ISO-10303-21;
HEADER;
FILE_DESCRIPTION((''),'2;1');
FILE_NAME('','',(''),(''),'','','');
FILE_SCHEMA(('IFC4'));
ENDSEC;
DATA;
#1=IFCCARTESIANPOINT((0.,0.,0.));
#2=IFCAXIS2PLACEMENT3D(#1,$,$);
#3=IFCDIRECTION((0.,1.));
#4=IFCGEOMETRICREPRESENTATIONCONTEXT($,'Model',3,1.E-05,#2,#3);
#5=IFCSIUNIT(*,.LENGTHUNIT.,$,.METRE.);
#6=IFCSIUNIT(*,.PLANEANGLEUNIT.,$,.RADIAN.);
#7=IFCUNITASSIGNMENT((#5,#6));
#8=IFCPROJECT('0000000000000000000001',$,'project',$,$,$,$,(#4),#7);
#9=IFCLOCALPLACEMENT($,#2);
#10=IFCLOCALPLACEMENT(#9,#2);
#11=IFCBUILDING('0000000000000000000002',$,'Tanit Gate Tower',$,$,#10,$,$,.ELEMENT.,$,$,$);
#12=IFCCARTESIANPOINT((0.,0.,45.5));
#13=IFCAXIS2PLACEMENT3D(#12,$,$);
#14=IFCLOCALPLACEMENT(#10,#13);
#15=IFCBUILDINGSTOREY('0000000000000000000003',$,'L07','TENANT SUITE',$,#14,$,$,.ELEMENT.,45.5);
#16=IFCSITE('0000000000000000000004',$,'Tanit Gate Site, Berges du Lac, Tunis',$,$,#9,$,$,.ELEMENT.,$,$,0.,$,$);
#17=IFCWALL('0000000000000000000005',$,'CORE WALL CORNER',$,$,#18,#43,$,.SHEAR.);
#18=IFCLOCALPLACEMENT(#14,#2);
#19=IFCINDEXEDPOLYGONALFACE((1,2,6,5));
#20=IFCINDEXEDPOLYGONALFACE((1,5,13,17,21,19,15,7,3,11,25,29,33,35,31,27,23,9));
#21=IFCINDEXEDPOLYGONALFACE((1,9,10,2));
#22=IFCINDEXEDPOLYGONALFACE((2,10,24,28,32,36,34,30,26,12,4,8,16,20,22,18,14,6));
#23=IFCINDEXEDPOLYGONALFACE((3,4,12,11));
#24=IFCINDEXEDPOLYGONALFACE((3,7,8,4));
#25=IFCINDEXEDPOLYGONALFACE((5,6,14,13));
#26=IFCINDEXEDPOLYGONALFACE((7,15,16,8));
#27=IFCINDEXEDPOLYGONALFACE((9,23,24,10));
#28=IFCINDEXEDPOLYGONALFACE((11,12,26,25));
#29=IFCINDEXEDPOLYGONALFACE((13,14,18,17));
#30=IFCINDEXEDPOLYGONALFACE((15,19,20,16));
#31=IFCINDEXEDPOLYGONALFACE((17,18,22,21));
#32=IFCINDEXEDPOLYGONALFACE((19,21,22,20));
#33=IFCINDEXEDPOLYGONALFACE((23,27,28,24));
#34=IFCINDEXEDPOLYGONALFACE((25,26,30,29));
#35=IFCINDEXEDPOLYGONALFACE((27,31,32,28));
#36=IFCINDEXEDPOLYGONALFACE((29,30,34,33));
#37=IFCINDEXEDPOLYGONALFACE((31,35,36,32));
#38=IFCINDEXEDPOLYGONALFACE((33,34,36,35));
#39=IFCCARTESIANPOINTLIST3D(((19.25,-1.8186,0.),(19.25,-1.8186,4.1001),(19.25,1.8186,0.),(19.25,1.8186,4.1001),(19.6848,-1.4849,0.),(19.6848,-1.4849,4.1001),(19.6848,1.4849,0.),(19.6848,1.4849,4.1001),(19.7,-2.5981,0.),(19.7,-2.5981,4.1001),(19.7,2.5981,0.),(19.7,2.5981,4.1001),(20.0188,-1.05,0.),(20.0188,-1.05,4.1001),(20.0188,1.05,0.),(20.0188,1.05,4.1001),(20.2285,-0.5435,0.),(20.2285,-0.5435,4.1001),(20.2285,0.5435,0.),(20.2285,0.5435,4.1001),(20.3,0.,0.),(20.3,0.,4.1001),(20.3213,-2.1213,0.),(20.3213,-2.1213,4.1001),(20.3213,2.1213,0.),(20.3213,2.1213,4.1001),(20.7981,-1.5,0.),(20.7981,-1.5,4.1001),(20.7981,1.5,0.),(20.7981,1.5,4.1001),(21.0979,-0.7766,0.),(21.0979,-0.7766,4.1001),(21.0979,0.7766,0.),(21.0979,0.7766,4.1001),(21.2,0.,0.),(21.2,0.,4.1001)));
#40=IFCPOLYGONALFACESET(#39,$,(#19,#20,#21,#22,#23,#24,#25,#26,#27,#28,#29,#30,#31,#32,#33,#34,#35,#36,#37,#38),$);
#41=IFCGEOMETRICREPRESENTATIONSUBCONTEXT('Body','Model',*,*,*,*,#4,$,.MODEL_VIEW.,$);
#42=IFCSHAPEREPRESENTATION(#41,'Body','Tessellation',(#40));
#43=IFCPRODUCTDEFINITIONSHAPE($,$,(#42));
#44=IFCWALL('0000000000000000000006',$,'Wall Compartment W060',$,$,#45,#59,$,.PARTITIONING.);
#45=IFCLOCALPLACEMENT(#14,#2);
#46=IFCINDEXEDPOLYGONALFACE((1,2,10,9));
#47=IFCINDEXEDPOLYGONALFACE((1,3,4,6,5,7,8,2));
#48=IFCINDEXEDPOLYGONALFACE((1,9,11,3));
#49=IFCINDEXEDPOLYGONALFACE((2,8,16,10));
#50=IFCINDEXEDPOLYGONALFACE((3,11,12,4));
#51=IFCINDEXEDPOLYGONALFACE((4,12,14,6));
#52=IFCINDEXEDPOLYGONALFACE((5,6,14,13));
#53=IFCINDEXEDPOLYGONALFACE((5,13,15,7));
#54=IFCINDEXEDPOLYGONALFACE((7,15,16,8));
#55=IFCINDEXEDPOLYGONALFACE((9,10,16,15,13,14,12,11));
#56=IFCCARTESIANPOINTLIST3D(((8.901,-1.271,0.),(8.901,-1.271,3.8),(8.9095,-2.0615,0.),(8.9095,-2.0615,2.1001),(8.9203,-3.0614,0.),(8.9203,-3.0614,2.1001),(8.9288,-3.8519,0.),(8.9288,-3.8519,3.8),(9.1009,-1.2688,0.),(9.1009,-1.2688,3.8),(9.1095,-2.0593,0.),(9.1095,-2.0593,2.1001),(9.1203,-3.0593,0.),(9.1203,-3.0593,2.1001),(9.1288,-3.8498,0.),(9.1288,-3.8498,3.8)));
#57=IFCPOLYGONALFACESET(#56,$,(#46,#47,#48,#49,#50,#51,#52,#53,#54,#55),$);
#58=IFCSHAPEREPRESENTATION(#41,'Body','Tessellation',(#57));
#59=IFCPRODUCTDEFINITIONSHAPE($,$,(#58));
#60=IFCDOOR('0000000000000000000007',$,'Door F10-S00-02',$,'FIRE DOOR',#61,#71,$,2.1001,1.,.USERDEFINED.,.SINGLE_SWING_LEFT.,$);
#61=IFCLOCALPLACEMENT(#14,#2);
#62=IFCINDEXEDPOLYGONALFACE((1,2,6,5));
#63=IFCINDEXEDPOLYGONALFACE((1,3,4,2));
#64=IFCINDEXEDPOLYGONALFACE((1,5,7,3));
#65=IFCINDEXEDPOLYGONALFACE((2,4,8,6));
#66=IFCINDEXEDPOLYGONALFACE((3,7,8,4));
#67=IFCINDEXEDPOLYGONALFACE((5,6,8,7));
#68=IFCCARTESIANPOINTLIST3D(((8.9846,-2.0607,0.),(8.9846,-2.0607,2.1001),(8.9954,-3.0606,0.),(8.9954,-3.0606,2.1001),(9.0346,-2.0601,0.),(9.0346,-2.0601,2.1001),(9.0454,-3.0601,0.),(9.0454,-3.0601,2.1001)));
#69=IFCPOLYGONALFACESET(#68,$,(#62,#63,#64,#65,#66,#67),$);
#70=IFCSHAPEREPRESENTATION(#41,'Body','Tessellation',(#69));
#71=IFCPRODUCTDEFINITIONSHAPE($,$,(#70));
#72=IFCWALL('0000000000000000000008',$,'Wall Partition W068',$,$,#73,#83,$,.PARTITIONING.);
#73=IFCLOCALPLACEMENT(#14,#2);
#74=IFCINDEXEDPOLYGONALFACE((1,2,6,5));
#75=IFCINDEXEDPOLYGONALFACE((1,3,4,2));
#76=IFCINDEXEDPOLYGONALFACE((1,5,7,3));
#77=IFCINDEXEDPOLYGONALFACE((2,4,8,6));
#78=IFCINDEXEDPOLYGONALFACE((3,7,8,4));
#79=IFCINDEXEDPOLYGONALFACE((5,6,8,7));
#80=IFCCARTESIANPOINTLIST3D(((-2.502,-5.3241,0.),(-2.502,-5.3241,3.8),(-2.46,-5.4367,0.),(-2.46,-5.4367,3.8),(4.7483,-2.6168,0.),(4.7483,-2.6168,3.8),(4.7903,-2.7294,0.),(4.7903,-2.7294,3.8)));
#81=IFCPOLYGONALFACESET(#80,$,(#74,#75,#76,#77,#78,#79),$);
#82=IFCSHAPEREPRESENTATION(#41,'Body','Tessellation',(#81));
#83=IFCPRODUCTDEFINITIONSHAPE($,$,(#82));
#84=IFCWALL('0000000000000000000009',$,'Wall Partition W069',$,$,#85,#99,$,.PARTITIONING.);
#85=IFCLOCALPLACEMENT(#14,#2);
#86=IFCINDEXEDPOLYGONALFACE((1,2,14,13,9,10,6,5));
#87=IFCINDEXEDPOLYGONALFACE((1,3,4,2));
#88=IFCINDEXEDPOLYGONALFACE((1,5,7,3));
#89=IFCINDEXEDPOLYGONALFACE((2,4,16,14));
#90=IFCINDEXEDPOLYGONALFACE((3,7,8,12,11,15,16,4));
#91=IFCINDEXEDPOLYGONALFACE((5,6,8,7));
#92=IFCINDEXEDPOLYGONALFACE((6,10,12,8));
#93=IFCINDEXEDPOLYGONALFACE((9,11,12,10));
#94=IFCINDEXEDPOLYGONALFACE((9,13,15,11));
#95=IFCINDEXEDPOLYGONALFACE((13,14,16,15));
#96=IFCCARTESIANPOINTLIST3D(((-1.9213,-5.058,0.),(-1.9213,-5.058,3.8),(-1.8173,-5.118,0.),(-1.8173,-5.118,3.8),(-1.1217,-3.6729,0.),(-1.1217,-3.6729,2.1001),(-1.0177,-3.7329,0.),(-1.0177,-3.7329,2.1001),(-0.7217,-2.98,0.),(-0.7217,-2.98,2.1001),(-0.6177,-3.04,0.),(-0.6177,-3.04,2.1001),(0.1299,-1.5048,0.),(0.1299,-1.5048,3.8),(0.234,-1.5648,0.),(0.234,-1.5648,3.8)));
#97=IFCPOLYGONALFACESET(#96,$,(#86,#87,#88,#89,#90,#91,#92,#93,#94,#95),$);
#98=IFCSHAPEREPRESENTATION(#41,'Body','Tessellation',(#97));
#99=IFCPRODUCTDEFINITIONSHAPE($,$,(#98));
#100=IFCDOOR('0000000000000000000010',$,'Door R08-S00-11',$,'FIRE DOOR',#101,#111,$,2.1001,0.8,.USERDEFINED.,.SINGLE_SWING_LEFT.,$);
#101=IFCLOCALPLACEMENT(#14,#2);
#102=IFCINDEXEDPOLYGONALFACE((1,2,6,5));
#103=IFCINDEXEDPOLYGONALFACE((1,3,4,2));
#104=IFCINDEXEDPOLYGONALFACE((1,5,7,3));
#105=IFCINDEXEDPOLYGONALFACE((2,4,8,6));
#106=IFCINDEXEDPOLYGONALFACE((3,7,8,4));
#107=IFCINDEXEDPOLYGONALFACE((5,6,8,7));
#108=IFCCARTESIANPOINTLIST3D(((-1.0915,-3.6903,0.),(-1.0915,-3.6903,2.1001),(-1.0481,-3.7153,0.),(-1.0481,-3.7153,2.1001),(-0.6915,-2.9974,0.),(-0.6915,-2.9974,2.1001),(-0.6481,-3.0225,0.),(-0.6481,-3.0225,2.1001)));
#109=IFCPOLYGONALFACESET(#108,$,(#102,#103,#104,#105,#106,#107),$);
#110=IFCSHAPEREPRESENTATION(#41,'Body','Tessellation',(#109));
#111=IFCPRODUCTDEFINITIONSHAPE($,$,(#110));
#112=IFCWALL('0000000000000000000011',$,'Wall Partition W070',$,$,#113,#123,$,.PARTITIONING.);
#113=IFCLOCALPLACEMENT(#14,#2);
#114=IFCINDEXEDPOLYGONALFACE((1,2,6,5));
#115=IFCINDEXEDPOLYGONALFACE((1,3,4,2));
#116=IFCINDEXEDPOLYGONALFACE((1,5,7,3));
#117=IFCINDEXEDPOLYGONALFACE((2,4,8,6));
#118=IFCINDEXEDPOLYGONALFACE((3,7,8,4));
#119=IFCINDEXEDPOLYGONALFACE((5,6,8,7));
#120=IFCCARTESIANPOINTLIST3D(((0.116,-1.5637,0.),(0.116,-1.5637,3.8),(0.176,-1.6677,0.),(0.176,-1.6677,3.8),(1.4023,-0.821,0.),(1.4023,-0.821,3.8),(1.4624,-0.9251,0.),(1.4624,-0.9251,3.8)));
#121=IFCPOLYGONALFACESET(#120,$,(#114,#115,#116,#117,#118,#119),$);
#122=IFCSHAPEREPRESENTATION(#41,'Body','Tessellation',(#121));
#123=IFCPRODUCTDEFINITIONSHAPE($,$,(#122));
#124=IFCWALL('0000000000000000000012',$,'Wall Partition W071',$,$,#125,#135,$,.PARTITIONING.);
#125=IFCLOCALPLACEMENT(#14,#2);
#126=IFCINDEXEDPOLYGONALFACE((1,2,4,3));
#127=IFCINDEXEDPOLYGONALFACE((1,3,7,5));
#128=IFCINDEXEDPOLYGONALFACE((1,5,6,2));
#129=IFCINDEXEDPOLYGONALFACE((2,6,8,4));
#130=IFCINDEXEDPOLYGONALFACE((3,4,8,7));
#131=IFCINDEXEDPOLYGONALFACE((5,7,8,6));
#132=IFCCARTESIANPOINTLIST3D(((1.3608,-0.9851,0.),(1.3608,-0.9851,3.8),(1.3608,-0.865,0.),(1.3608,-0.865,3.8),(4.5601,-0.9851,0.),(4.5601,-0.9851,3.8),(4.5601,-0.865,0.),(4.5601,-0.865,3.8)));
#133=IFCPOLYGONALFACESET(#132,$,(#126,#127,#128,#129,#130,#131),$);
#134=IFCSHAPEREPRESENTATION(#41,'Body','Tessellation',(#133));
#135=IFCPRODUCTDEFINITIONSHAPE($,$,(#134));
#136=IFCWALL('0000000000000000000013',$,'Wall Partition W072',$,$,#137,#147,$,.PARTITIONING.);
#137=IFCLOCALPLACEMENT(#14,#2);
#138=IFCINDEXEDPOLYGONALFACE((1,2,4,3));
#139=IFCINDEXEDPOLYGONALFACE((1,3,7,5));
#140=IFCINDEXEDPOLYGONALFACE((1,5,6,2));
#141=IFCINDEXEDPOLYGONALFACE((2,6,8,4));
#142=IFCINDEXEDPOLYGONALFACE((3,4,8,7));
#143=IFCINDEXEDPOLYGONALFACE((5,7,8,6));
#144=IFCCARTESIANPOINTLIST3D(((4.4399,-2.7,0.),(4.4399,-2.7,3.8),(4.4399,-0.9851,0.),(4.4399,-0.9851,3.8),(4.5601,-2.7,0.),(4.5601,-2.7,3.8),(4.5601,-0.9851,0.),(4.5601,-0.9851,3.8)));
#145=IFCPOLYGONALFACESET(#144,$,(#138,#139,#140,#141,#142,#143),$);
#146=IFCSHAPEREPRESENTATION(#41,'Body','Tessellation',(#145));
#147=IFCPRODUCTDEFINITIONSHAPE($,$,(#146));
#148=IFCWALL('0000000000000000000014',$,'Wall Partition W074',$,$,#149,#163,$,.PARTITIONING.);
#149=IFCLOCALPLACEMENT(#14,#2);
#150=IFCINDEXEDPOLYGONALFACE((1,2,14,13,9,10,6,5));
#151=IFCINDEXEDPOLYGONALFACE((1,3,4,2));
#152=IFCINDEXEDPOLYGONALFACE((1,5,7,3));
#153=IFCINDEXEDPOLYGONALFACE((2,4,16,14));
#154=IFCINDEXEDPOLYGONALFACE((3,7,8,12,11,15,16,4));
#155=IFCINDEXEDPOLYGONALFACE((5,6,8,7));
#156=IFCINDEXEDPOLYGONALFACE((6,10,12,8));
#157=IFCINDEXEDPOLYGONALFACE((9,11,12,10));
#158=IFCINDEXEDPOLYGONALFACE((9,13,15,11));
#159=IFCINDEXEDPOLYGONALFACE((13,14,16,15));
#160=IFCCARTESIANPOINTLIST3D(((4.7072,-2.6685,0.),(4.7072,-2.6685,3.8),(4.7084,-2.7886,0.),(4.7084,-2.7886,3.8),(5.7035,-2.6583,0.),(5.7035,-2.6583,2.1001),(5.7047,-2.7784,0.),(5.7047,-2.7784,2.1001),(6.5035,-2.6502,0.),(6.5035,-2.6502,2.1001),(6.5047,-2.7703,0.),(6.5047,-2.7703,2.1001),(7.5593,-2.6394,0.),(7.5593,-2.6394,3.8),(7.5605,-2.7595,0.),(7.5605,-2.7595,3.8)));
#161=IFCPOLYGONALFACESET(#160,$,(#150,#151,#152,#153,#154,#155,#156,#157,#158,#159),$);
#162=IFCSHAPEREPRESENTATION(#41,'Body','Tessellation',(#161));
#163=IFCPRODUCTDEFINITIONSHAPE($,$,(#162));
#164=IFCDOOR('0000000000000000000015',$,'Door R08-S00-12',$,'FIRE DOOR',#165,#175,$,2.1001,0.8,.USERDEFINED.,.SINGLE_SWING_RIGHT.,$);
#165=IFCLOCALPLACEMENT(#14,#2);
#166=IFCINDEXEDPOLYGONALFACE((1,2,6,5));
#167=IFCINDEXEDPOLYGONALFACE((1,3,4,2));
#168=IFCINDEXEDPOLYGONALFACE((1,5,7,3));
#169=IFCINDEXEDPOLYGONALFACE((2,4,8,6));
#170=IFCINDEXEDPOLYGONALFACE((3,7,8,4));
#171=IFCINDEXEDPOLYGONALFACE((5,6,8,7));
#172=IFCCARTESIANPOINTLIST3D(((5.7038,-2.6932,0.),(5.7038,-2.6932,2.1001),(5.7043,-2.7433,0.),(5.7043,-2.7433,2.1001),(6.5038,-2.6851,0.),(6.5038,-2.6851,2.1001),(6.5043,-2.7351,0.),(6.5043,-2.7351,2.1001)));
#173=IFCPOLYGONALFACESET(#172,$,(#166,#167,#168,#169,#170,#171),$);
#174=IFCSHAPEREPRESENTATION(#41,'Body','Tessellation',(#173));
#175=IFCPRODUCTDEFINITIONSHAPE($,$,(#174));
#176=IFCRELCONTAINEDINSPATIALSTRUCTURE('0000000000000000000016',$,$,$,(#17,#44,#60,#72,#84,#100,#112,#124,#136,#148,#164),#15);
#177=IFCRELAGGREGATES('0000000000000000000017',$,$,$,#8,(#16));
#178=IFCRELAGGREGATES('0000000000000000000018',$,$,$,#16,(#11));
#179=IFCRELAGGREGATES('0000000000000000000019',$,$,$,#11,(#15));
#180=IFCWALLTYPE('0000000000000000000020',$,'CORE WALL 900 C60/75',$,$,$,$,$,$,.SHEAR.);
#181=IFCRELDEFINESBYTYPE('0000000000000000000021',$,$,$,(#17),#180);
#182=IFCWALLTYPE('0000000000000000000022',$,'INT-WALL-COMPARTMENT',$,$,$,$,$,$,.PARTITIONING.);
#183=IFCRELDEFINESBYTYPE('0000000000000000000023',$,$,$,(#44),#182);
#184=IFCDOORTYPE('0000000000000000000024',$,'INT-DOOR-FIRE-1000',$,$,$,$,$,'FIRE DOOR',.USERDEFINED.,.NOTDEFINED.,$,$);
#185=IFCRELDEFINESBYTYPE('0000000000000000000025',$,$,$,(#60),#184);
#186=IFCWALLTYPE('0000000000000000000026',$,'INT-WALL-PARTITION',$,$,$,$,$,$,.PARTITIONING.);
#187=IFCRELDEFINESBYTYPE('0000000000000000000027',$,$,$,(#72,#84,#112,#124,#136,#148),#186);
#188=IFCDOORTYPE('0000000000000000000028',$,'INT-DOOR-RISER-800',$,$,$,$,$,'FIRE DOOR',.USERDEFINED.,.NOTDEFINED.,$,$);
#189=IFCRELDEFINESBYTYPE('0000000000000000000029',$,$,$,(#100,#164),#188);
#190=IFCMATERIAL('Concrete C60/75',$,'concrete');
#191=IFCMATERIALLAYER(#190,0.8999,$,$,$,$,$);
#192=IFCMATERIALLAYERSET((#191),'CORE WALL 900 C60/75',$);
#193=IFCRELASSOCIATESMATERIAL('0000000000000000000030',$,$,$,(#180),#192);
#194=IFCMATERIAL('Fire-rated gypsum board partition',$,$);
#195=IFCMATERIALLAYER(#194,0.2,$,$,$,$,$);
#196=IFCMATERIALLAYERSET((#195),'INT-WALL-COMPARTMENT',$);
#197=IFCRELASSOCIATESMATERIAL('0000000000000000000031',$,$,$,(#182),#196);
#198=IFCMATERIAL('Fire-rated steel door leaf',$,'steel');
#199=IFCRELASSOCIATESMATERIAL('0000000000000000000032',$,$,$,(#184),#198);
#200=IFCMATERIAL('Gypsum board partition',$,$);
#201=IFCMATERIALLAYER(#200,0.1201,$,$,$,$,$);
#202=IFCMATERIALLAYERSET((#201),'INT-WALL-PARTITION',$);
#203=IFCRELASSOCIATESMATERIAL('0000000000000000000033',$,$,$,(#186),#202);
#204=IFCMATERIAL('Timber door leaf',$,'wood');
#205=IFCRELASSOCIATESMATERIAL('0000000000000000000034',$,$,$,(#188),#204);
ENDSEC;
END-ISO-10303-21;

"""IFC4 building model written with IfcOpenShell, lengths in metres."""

from ifc_helpers import new_model, si_unit, direction, frame, frame_2d, origin, place, context, subcontext, project, spatial, polyline, rectangle, outline, extrude, material, layer, layer_set, type_object, element, fill, save


model = new_model("IFC4")

# Units and contexts
model_context = context("Model", 3, precision=1e-05, world=origin(), true_north=direction((0.0, 1.0)))
body_context = subcontext(model_context, "Body", "Model", "MODEL_VIEW")
ifc_project = project(units=[si_unit("LENGTHUNIT", "METRE"), si_unit("PLANEANGLEUNIT", "RADIAN")], contexts=[model_context])

# Site, building, storey
site_placement = place(None, origin())
site = spatial("IfcSite", under=ifc_project, at=site_placement, Name="Tanit Gate Site, Berges du Lac, Tunis", CompositionType="ELEMENT", RefElevation=0.0)
building_placement = place(site_placement, origin())
building = spatial("IfcBuilding", under=site, at=building_placement, Name="Tanit Gate Tower", CompositionType="ELEMENT")
storey_placement = place(building_placement, frame((0.0, 0.0, 45.5)))
storey = spatial("IfcBuildingStorey", under=building, at=storey_placement, Name="L07", Description="TENANT SUITE", CompositionType="ELEMENT", Elevation=45.5)

# Wall
ifc_material_1 = material(Name="Concrete C60/75", Category="concrete")
ifc_layer_1 = layer(ifc_material_1, 0.8999)
ifc_layer_set_1 = layer_set([ifc_layer_1], Name="CORE WALL 900 C60/75")
wall_type_1 = type_object("IfcWallType", Name="CORE WALL 900 C60/75", PredefinedType="SHEAR", material=ifc_layer_set_1)
wall_1_placement = place(storey_placement, origin())
element("IfcWall", 1, at=wall_1_placement, inside=storey, type_object=wall_type_1, Name="CORE WALL CORNER", PredefinedType="SHEAR", context=body_context, shape_type="SweptSolid", body=[
    extrude(outline(polyline([(19.7, -2.5981), (20.3213, -2.1213), (20.7981, -1.5), (21.0979, -0.7766), (21.2, 0.0), (21.0979, 0.7766), (20.7981, 1.5), (20.3213, 2.1213), (19.7, 2.5981), (19.25, 1.8186), (19.6848, 1.4849), (20.0188, 1.05), (20.2285, 0.5435), (20.3, 0.0), (20.2285, -0.5435), (20.0188, -1.05), (19.6848, -1.4849), (19.25, -1.8186), (19.7, -2.5981)])), origin(), (0.0, 0.0, 1.0), 4.1001),
])

# Wall, opening, door
ifc_material_2 = material(Name="Fire-rated gypsum board partition")
ifc_layer_2 = layer(ifc_material_2, 0.2)
ifc_layer_set_2 = layer_set([ifc_layer_2], Name="INT-WALL-COMPARTMENT")
wall_type_2 = type_object("IfcWallType", Name="INT-WALL-COMPARTMENT", PredefinedType="PARTITIONING", material=ifc_layer_set_2)
wall_2_placement = place(storey_placement, frame((9.0288, -3.8508, 0.0), z_axis=(0.0, 0.0, 1.0), x_axis=(-0.010784, 0.999942, 0.0)))
wall_2 = element("IfcWall", 2, at=wall_2_placement, inside=storey, type_object=wall_type_2, Name="Wall Compartment W060", PredefinedType="PARTITIONING", context=body_context, shape_type="SweptSolid", body=[
    extrude(rectangle(XDim=2.5811, YDim=0.2, at=frame_2d((1.2905, 0.0))), origin(), (0.0, 0.0, 1.0), 3.8),
])
opening_1_placement = place(wall_2_placement, frame((0.7905, 0.0, 0.0)))
opening_1 = element("IfcOpeningElement", 3, at=opening_1_placement, cuts=wall_2, PredefinedType="OPENING", context=body_context, shape_type="SweptSolid", body=[
    extrude(rectangle(XDim=1.0, YDim=2.1001, at=frame_2d((0.5, 1.05))), frame((0.0, 0.1099, 0.0), z_axis=(0.0, -1.0, 0.0), x_axis=(1.0, 0.0, 0.0)), (0.0, 0.0, 1.0), 0.22),
])
ifc_material_3 = material(Name="Fire-rated steel door leaf", Category="steel")
door_type_1 = type_object("IfcDoorType", Name="INT-DOOR-FIRE-1000", ElementType="FIRE DOOR", OperationType="NOTDEFINED", PredefinedType="USERDEFINED", material=ifc_material_3)
door_1_placement = place(opening_1_placement, origin())
door_1 = element("IfcDoor", 4, at=door_1_placement, inside=storey, type_object=door_type_1, Name="Door F10-S00-02", ObjectType="FIRE DOOR", OperationType="SINGLE_SWING_LEFT", OverallHeight=2.1001, OverallWidth=1.0, PredefinedType="USERDEFINED", context=body_context, shape_type="SweptSolid", body=[
    extrude(rectangle(XDim=1.0, YDim=2.1001, at=frame_2d((0.5, 1.05))), frame((0.0, 0.0249, 0.0), z_axis=(0.0, -1.0, 0.0), x_axis=(1.0, 0.0, 0.0)), (0.0, 0.0, 1.0), 0.05),
])
fill(opening_1, door_1)

# Wall
ifc_material_4 = material(Name="Gypsum board partition")
ifc_layer_3 = layer(ifc_material_4, 0.1201)
ifc_layer_set_3 = layer_set([ifc_layer_3], Name="INT-WALL-PARTITION")
wall_type_3 = type_object("IfcWallType", Name="INT-WALL-PARTITION", PredefinedType="PARTITIONING", material=ifc_layer_set_3)
wall_3_placement = place(storey_placement, frame((4.7693, -2.6731, 0.0), z_axis=(0.0, 0.0, 1.0), x_axis=(-0.93682, -0.349813, 0.0)))
element("IfcWall", 5, at=wall_3_placement, inside=storey, type_object=wall_type_3, Name="Wall Partition W068", PredefinedType="PARTITIONING", context=body_context, shape_type="SweptSolid", body=[
    extrude(rectangle(XDim=7.7393, YDim=0.1201, at=frame_2d((3.8696, 0.0))), origin(), (0.0, 0.0, 1.0), 3.8),
])

# Wall, opening, door
wall_4_placement = place(storey_placement, frame((0.1819, -1.5349, 0.0), z_axis=(0.0, 0.0, 1.0), x_axis=(-0.499966, -0.866045, 0.0)))
wall_4 = element("IfcWall", 6, at=wall_4_placement, inside=storey, type_object=wall_type_3, Name="Wall Partition W069", PredefinedType="PARTITIONING", context=body_context, shape_type="SweptSolid", body=[
    extrude(rectangle(XDim=4.1028, YDim=0.1201, at=frame_2d((2.0513, 0.0))), origin(), (0.0, 0.0, 1.0), 3.8),
])
opening_2_placement = place(wall_4_placement, frame((1.7034, 0.0, 0.0)))
opening_2 = element("IfcOpeningElement", 7, at=opening_2_placement, cuts=wall_4, PredefinedType="OPENING", context=body_context, shape_type="SweptSolid", body=[
    extrude(rectangle(XDim=0.8, YDim=2.1001, at=frame_2d((0.3999, 1.05))), frame((0.0, 0.0701, 0.0), z_axis=(0.0, -1.0, 0.0), x_axis=(1.0, 0.0, 0.0)), (0.0, 0.0, 1.0), 0.1401),
])
ifc_material_5 = material(Name="Timber door leaf", Category="wood")
door_type_2 = type_object("IfcDoorType", Name="INT-DOOR-RISER-800", ElementType="FIRE DOOR", OperationType="NOTDEFINED", PredefinedType="USERDEFINED", material=ifc_material_5)
door_2_placement = place(opening_2_placement, origin())
door_2 = element("IfcDoor", 8, at=door_2_placement, inside=storey, type_object=door_type_2, Name="Door R08-S00-11", ObjectType="FIRE DOOR", OperationType="SINGLE_SWING_LEFT", OverallHeight=2.1001, OverallWidth=0.8, PredefinedType="USERDEFINED", context=body_context, shape_type="SweptSolid", body=[
    extrude(rectangle(XDim=0.8, YDim=2.1001, at=frame_2d((0.3999, 1.05))), frame((0.0, 0.0249, 0.0), z_axis=(0.0, -1.0, 0.0), x_axis=(1.0, 0.0, 0.0)), (0.0, 0.0, 1.0), 0.05),
])
fill(opening_2, door_2)

# Walls
wall_5_placement = place(storey_placement, frame((1.4324, -0.873, 0.0), z_axis=(0.0, 0.0, 1.0), x_axis=(-0.86603, -0.499993, 0.0)))
element("IfcWall", 9, at=wall_5_placement, inside=storey, type_object=wall_type_3, Name="Wall Partition W070", PredefinedType="PARTITIONING", context=body_context, shape_type="SweptSolid", body=[
    extrude(rectangle(XDim=1.4854, YDim=0.1201, at=frame_2d((0.7427, 0.0))), origin(), (0.0, 0.0, 1.0), 3.8),
])
wall_6_placement = place(storey_placement, frame((4.5601, -0.925, 0.0), z_axis=(0.0, 0.0, 1.0), x_axis=(-1.0, 0.0, 0.0)))
element("IfcWall", 10, at=wall_6_placement, inside=storey, type_object=wall_type_3, Name="Wall Partition W071", PredefinedType="PARTITIONING", context=body_context, shape_type="SweptSolid", body=[
    extrude(rectangle(XDim=3.1992, YDim=0.1201, at=frame_2d((1.5996, 0.0))), origin(), (0.0, 0.0, 1.0), 3.8),
])
wall_7_placement = place(storey_placement, frame((4.5, -2.7, 0.0), z_axis=(0.0, 0.0, 1.0), x_axis=(0.0, 1.0, 0.0)))
element("IfcWall", 11, at=wall_7_placement, inside=storey, type_object=wall_type_3, Name="Wall Partition W072", PredefinedType="PARTITIONING", context=body_context, shape_type="SweptSolid", body=[
    extrude(rectangle(XDim=1.7148, YDim=0.1201, at=frame_2d((0.8574, 0.0))), origin(), (0.0, 0.0, 1.0), 3.8),
])

# Wall, opening, door
wall_8_placement = place(storey_placement, frame((7.5601, -2.6995, 0.0), z_axis=(0.0, 0.0, 1.0), x_axis=(-0.999948, -0.010186, 0.0)))
wall_8 = element("IfcWall", 12, at=wall_8_placement, inside=storey, type_object=wall_type_3, Name="Wall Partition W074", PredefinedType="PARTITIONING", context=body_context, shape_type="SweptSolid", body=[
    extrude(rectangle(XDim=2.8523, YDim=0.1201, at=frame_2d((1.4263, 0.0))), origin(), (0.0, 0.0, 1.0), 3.8),
])
opening_3_placement = place(wall_8_placement, frame((1.0562, 0.0, 0.0)))
opening_3 = element("IfcOpeningElement", 13, at=opening_3_placement, cuts=wall_8, PredefinedType="OPENING", context=body_context, shape_type="SweptSolid", body=[
    extrude(rectangle(XDim=0.8, YDim=2.1001, at=frame_2d((0.3999, 1.05))), frame((0.0, 0.0701, 0.0), z_axis=(0.0, -1.0, 0.0), x_axis=(1.0, 0.0, 0.0)), (0.0, 0.0, 1.0), 0.1401),
])
door_3_placement = place(opening_3_placement, origin())
door_3 = element("IfcDoor", 14, at=door_3_placement, inside=storey, type_object=door_type_2, Name="Door R08-S00-12", ObjectType="FIRE DOOR", OperationType="SINGLE_SWING_RIGHT", OverallHeight=2.1001, OverallWidth=0.8, PredefinedType="USERDEFINED", context=body_context, shape_type="SweptSolid", body=[
    extrude(rectangle(XDim=0.8, YDim=2.1001, at=frame_2d((0.3999, 1.05))), frame((0.0, 0.0249, 0.0), z_axis=(0.0, -1.0, 0.0), x_axis=(1.0, 0.0, 0.0)), (0.0, 0.0, 1.0), 0.05),
])
fill(opening_3, door_3)

save(model, "model.ifc")
